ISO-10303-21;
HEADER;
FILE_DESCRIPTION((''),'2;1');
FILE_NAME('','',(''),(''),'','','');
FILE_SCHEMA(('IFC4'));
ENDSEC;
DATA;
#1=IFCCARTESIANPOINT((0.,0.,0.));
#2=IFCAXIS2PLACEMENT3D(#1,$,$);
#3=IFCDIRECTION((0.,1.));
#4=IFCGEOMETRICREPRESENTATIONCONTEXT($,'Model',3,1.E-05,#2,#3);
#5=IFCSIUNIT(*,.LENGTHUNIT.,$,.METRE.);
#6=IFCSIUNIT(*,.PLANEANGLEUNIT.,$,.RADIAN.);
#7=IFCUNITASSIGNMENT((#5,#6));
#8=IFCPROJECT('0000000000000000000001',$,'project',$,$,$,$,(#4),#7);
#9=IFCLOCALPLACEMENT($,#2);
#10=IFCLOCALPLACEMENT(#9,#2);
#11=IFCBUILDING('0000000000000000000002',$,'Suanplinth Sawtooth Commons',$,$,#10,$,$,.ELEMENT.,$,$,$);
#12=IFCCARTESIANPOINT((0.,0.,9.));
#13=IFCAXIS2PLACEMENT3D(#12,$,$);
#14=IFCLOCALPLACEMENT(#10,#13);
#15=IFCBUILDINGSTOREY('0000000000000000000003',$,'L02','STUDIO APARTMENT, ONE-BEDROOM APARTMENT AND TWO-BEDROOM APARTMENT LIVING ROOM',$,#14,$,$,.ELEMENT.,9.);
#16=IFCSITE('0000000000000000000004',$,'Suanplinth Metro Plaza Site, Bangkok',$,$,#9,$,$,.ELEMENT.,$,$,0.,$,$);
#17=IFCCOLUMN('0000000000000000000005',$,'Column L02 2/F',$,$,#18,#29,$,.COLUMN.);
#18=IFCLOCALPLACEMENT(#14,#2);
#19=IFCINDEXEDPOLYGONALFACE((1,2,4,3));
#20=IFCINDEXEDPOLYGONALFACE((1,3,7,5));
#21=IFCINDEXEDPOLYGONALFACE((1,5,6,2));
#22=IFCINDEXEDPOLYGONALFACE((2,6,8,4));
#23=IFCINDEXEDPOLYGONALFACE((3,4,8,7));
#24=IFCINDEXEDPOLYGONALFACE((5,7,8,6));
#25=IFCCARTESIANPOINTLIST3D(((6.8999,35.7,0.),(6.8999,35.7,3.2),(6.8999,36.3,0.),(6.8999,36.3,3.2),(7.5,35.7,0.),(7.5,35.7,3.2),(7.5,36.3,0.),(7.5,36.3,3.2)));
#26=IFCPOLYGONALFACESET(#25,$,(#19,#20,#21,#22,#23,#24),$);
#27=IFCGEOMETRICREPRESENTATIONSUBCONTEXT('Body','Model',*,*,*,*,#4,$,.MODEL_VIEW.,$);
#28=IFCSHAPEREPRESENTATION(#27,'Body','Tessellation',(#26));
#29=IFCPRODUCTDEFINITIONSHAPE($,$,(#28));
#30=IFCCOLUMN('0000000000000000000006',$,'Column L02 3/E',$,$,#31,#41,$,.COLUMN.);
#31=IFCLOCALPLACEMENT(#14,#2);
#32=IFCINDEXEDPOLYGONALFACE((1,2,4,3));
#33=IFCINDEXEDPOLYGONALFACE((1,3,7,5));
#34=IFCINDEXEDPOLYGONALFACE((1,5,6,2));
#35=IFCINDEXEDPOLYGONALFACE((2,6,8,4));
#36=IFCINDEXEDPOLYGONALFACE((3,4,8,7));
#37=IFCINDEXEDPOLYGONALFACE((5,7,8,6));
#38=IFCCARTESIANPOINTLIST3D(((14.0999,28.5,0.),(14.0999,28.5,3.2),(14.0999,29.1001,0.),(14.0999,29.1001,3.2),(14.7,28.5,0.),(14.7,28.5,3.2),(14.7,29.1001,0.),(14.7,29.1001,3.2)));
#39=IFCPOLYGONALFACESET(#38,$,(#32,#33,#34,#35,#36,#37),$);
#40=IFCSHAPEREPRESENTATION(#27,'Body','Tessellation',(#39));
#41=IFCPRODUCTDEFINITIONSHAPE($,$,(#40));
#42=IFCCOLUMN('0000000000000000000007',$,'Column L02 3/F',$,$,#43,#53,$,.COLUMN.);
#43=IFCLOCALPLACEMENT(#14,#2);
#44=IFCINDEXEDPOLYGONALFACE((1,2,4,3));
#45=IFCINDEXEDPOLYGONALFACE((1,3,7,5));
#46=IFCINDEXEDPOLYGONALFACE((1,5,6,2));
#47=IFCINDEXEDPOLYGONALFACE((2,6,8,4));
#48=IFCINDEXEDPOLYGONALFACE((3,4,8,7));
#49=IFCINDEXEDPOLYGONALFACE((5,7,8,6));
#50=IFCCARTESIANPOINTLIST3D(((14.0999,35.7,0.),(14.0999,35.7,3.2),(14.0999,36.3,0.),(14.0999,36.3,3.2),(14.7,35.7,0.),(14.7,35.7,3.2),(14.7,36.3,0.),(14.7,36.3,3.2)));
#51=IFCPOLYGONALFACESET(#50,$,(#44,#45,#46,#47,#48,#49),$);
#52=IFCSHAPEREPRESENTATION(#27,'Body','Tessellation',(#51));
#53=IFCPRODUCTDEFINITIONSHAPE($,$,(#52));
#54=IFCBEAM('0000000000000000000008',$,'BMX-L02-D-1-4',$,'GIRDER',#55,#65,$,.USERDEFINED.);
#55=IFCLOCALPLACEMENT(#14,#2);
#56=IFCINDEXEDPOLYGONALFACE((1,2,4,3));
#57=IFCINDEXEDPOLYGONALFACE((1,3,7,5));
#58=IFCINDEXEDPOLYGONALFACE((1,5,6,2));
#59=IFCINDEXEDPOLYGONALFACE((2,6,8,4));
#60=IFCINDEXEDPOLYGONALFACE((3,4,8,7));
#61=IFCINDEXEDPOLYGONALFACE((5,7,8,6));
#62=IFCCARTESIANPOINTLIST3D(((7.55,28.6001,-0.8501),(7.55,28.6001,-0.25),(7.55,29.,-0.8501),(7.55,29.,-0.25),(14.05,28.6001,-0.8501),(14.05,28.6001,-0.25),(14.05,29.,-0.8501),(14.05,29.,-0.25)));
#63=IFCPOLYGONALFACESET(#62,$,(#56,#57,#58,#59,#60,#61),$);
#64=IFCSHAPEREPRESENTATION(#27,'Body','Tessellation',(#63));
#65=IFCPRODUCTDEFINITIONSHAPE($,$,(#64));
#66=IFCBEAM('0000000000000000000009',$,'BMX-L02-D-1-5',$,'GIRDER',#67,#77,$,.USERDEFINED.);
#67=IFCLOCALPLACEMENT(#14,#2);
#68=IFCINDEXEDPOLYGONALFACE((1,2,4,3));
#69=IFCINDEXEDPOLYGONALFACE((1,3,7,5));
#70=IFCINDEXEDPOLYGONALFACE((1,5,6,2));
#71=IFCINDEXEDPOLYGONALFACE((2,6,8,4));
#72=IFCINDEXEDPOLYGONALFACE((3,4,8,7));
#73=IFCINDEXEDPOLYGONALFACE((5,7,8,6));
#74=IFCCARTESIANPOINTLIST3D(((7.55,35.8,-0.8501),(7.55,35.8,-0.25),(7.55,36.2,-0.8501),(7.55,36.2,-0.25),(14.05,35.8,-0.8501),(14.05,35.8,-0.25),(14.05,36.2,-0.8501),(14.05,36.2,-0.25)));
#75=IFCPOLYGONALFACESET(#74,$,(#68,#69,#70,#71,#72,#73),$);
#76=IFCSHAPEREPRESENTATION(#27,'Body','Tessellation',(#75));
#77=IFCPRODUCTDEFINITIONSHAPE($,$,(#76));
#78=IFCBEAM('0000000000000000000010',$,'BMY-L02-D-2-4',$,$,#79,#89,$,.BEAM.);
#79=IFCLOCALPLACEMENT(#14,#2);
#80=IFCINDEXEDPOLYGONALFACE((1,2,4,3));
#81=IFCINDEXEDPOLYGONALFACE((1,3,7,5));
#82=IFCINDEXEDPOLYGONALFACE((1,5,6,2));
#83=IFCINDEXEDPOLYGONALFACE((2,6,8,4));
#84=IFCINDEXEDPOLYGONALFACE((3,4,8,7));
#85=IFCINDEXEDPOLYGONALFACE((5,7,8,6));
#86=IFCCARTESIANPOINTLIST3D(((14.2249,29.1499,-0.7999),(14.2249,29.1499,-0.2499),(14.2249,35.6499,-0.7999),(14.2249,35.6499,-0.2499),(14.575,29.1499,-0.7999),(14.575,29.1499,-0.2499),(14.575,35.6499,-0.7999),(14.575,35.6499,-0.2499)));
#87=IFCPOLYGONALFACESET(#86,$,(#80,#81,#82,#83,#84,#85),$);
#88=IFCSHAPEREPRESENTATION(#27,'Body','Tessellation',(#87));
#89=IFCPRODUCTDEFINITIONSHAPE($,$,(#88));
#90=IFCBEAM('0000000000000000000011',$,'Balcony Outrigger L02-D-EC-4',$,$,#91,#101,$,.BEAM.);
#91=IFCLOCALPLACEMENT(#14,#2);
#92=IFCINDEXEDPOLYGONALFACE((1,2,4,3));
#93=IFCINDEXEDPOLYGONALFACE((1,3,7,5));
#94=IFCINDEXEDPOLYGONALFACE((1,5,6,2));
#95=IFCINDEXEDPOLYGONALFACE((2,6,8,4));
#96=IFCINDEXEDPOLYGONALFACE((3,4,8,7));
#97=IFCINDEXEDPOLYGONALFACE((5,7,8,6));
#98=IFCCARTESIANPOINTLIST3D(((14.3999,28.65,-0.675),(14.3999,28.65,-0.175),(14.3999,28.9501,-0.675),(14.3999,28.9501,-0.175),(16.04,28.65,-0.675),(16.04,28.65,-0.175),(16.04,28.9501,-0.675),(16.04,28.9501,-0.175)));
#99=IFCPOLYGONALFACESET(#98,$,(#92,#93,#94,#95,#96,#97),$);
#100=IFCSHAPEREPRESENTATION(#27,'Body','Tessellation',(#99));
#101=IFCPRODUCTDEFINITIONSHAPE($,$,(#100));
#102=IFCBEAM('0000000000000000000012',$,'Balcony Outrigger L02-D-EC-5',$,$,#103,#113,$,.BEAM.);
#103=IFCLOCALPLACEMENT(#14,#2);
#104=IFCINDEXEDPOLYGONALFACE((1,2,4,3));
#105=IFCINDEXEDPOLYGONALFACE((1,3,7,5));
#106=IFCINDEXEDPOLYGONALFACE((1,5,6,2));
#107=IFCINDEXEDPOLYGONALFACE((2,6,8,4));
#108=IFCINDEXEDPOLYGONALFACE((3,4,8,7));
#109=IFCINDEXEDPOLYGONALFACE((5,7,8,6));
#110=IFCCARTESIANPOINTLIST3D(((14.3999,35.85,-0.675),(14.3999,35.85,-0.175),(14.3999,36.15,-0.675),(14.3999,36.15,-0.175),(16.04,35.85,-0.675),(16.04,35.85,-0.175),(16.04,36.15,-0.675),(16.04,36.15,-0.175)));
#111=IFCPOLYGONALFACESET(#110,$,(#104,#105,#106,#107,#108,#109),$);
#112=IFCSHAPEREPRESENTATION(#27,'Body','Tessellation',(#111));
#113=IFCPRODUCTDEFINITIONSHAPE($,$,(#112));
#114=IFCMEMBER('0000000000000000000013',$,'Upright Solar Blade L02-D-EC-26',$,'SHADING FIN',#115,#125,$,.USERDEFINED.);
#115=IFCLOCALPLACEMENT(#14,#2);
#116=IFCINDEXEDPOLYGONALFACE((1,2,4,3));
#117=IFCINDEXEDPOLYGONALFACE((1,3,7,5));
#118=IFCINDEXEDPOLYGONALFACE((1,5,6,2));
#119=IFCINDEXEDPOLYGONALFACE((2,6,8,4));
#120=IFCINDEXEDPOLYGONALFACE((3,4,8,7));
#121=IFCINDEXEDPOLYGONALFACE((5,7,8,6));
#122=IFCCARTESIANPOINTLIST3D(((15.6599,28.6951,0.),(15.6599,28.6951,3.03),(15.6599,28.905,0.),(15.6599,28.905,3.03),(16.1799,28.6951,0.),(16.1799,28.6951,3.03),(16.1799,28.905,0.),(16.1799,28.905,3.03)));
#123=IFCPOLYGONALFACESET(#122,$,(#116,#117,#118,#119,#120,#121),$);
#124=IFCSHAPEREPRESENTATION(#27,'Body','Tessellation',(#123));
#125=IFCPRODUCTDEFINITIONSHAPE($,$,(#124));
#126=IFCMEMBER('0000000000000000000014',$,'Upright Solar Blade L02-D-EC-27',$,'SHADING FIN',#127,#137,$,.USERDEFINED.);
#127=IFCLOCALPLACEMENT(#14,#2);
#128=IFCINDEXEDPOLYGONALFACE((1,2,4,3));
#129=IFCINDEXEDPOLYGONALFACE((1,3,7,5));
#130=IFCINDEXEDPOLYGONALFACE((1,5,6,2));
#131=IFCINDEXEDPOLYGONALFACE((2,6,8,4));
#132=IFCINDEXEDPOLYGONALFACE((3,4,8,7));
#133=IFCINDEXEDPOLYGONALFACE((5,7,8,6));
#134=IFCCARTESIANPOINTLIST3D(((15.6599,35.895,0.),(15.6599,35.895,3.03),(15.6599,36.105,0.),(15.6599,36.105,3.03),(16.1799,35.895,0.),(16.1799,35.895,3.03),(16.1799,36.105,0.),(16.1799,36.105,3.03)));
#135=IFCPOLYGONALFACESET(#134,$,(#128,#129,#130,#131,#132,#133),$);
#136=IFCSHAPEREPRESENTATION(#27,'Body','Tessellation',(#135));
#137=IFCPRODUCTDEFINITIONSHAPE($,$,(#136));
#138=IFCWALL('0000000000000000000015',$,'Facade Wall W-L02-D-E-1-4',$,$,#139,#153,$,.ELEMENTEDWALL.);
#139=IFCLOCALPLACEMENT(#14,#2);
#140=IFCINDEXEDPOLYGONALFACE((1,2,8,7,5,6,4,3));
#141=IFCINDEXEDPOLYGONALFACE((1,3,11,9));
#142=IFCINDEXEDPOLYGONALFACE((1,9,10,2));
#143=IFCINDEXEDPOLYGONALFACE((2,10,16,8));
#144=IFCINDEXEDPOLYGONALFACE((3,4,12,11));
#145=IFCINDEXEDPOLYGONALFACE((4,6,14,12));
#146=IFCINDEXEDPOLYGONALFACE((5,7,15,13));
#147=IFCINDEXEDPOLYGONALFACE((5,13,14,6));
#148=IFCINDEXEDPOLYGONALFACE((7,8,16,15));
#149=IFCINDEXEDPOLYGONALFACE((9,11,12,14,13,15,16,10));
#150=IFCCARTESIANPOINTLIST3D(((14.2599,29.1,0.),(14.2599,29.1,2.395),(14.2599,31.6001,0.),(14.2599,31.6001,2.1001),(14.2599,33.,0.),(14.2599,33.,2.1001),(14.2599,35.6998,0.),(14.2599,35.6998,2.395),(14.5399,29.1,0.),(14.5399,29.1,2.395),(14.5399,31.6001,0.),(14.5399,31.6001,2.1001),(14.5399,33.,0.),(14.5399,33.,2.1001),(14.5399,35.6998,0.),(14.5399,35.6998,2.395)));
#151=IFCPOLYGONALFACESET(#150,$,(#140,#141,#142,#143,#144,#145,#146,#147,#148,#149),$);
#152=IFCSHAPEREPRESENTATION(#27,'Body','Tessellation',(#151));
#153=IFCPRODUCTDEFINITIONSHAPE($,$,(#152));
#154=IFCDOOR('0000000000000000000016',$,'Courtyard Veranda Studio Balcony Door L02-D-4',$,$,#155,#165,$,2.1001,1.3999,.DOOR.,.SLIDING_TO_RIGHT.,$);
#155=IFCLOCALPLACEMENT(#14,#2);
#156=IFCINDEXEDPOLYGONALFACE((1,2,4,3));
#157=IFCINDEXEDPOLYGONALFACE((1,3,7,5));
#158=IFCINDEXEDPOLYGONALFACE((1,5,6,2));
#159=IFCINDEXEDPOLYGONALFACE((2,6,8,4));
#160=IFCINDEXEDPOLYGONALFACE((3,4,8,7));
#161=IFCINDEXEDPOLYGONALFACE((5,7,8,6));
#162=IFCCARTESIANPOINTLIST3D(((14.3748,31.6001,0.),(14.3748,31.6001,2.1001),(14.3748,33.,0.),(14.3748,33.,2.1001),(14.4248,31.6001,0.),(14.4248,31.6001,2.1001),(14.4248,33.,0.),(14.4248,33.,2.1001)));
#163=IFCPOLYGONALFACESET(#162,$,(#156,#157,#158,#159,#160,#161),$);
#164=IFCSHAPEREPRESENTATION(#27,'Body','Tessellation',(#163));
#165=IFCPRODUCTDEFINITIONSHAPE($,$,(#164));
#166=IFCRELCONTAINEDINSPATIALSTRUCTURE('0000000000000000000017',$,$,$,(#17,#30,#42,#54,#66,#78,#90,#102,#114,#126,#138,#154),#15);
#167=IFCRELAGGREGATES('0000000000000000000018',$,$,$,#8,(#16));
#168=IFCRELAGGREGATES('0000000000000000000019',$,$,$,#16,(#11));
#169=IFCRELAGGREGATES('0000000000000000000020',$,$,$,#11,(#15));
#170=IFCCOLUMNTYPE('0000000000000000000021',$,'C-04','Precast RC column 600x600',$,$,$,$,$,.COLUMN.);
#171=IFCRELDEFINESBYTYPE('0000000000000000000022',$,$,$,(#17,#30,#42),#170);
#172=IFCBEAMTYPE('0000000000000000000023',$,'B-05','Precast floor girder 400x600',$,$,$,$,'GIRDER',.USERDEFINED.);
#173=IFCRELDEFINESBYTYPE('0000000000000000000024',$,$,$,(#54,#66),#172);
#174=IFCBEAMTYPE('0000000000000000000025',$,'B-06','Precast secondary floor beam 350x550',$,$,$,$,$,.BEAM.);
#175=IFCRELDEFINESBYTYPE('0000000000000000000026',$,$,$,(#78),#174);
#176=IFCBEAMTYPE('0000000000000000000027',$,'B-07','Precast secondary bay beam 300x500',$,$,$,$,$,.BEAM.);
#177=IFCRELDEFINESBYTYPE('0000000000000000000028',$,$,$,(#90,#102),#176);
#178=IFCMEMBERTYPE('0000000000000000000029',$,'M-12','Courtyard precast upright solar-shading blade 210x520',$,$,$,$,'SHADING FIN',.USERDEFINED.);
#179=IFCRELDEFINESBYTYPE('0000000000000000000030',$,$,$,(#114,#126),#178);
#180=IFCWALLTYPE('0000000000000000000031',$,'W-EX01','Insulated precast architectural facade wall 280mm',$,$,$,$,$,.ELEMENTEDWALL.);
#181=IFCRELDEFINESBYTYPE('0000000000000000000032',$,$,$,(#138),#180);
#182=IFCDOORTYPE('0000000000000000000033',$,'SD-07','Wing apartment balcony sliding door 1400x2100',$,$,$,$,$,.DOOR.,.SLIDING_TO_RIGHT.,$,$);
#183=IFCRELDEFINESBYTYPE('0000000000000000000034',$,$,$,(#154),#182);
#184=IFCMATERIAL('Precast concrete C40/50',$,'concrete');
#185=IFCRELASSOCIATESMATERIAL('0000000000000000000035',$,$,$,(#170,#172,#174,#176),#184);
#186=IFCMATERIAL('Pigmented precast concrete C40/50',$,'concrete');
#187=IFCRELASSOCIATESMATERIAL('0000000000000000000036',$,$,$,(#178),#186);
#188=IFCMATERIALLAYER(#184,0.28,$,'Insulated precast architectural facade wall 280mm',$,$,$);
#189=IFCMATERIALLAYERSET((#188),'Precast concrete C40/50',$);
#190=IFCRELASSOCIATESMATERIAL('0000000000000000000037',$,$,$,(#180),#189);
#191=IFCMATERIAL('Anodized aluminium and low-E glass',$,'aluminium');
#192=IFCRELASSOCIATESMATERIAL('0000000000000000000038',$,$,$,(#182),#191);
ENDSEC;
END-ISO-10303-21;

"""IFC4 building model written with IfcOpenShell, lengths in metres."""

from ifc_helpers import new_model, si_unit, direction, frame, frame_2d, origin, origin_2d, place, context, subcontext, project, spatial, rectangle, extrude, material, layer, layer_set, material_profile, profile_set, type_object, element, fill, save


model = new_model("IFC4")

# Units and contexts
model_context = context("Model", 3, precision=1e-05, world=origin(), true_north=direction((0.0, 1.0)))
body_context = subcontext(model_context, "Body", "Model", "MODEL_VIEW")
ifc_project = project(units=[si_unit("LENGTHUNIT", "METRE"), si_unit("PLANEANGLEUNIT", "RADIAN")], contexts=[model_context])

# Site, building, storey
site_placement = place(None, origin())
site = spatial("IfcSite", under=ifc_project, at=site_placement, Name="Suanplinth Metro Plaza Site, Bangkok", CompositionType="ELEMENT", RefElevation=0.0)
building_placement = place(site_placement, origin())
building = spatial("IfcBuilding", under=site, at=building_placement, Name="Suanplinth Sawtooth Commons", CompositionType="ELEMENT")
storey_placement = place(building_placement, frame((0.0, 0.0, 9.0)))
storey = spatial("IfcBuildingStorey", under=building, at=storey_placement, Name="L02", Description="STUDIO APARTMENT, ONE-BEDROOM APARTMENT AND TWO-BEDROOM APARTMENT LIVING ROOM", CompositionType="ELEMENT", Elevation=9.0)

# Columns
ifc_material_1 = material(Name="Precast concrete C40/50", Category="concrete")
ifc_material_profile_1 = material_profile(ifc_material_1, rectangle(XDim=0.6001, YDim=0.6001, at=origin_2d()), Name="PC-COL 600x600")
ifc_profile_set_1 = profile_set([ifc_material_profile_1], Name="Precast concrete C40/50")
column_type = type_object("IfcColumnType", Name="C-04", Description="Precast RC column 600x600", PredefinedType="COLUMN", material=ifc_profile_set_1)
for number, where, z_axis, x_axis, name in (
    (1, (7.2, 36.0, 0.0), (0.0, 0.0, 1.0), (1.0, 0.0, 0.0), "Column L02 2/F"),
    (2, (14.3999, 28.8, 0.0), (0.0, 0.0, 1.0), (1.0, 0.0, 0.0), "Column L02 3/E"),
    (3, (14.3999, 36.0, 0.0), (0.0, 0.0, 1.0), (1.0, 0.0, 0.0), "Column L02 3/F"),
):
    element("IfcColumn", number, at=place(storey_placement, frame(where, z_axis=z_axis, x_axis=x_axis)), inside=storey, type_object=column_type, Name=name, PredefinedType="COLUMN", context=body_context, shape_type="SweptSolid", body=[
        extrude(rectangle(XDim=0.6001, YDim=0.6001, at=origin_2d()), origin(), (0.0, 0.0, 1.0), 3.2),
    ])

# Beams
ifc_material_profile_2 = material_profile(ifc_material_1, rectangle(XDim=0.3999, YDim=0.6001, at=origin_2d()), Name="PC-GDR 400x600")
ifc_profile_set_2 = profile_set([ifc_material_profile_2], Name="Precast concrete C40/50")
beam_type_1 = type_object("IfcBeamType", Name="B-05", Description="Precast floor girder 400x600", ElementType="GIRDER", PredefinedType="USERDEFINED", material=ifc_profile_set_2)
for number, where, z_axis, x_axis, name in (
    (4, (7.55, 28.8, -0.55), (1.0, 0.0, 0.0), (0.0, 1.0, 0.0), "BMX-L02-D-1-4"),
    (5, (7.55, 36.0, -0.55), (1.0, 0.0, 0.0), (0.0, 1.0, 0.0), "BMX-L02-D-1-5"),
):
    element("IfcBeam", number, at=place(storey_placement, frame(where, z_axis=z_axis, x_axis=x_axis)), inside=storey, type_object=beam_type_1, Name=name, ObjectType="GIRDER", PredefinedType="USERDEFINED", context=body_context, shape_type="SweptSolid", body=[
        extrude(rectangle(XDim=0.3999, YDim=0.6001, at=origin_2d()), origin(), (0.0, 0.0, 1.0), 6.5),
    ])
ifc_material_profile_3 = material_profile(ifc_material_1, rectangle(XDim=0.3501, YDim=0.55, at=origin_2d()), Name="PC-BM 350x550")
ifc_profile_set_3 = profile_set([ifc_material_profile_3], Name="Precast concrete C40/50")
beam_type_2 = type_object("IfcBeamType", Name="B-06", Description="Precast secondary floor beam 350x550", PredefinedType="BEAM", material=ifc_profile_set_3)
beam_placement = place(storey_placement, frame((14.3999, 29.1499, -0.5249), z_axis=(0.0, 1.0, 0.0), x_axis=(-1.0, 0.0, 0.0)))
element("IfcBeam", 6, at=beam_placement, inside=storey, type_object=beam_type_2, Name="BMY-L02-D-2-4", PredefinedType="BEAM", context=body_context, shape_type="SweptSolid", body=[
    extrude(rectangle(XDim=0.3501, YDim=0.55, at=origin_2d()), origin(), (0.0, 0.0, 1.0), 6.5),
])
ifc_material_profile_4 = material_profile(ifc_material_1, rectangle(XDim=0.3, YDim=0.5, at=origin_2d()), Name="PC-BM 300x500")
ifc_profile_set_4 = profile_set([ifc_material_profile_4], Name="Precast concrete C40/50")
beam_type_3 = type_object("IfcBeamType", Name="B-07", Description="Precast secondary bay beam 300x500", PredefinedType="BEAM", material=ifc_profile_set_4)
for number, where, z_axis, x_axis, name in (
    (7, (14.3999, 28.8, -0.425), (1.0, 0.0, 0.0), (0.0, 1.0, 0.0), "Balcony Outrigger L02-D-EC-4"),
    (8, (14.3999, 36.0, -0.425), (1.0, 0.0, 0.0), (0.0, 1.0, 0.0), "Balcony Outrigger L02-D-EC-5"),
):
    element("IfcBeam", number, at=place(storey_placement, frame(where, z_axis=z_axis, x_axis=x_axis)), inside=storey, type_object=beam_type_3, Name=name, PredefinedType="BEAM", context=body_context, shape_type="SweptSolid", body=[
        extrude(rectangle(XDim=0.3, YDim=0.5, at=origin_2d()), origin(), (0.0, 0.0, 1.0), 1.6401),
    ])

# Members
ifc_material_2 = material(Name="Pigmented precast concrete C40/50", Category="concrete")
ifc_material_profile_5 = material_profile(ifc_material_2, rectangle(XDim=0.21, YDim=0.52, at=origin_2d()), Name="PC-FIN 210x520")
ifc_profile_set_5 = profile_set([ifc_material_profile_5], Name="Pigmented precast concrete C40/50")
member_type = type_object("IfcMemberType", Name="M-12", Description="Courtyard precast upright solar-shading blade 210x520", ElementType="SHADING FIN", PredefinedType="USERDEFINED", material=ifc_profile_set_5)
for number, where, z_axis, x_axis, name in (
    (9, (15.9199, 28.8, 0.0), (0.0, 0.0, 1.0), (0.0, 1.0, 0.0), "Upright Solar Blade L02-D-EC-26"),
    (10, (15.9199, 36.0, 0.0), (0.0, 0.0, 1.0), (0.0, 1.0, 0.0), "Upright Solar Blade L02-D-EC-27"),
):
    element("IfcMember", number, at=place(storey_placement, frame(where, z_axis=z_axis, x_axis=x_axis)), inside=storey, type_object=member_type, Name=name, ObjectType="SHADING FIN", PredefinedType="USERDEFINED", context=body_context, shape_type="SweptSolid", body=[
        extrude(rectangle(XDim=0.21, YDim=0.52, at=origin_2d()), origin(), (0.0, 0.0, 1.0), 3.03),
    ])

# Wall, opening, door
ifc_layer_1 = layer(ifc_material_1, 0.28, Name="Insulated precast architectural facade wall 280mm")
ifc_layer_set_1 = layer_set([ifc_layer_1], Name="Precast concrete C40/50")
wall_type_1 = type_object("IfcWallType", Name="W-EX01", Description="Insulated precast architectural facade wall 280mm", PredefinedType="ELEMENTEDWALL", material=ifc_layer_set_1)
wall_1_placement = place(storey_placement, frame((14.3999, 29.1001, 0.0), z_axis=(0.0, 0.0, 1.0), x_axis=(0.0, 1.0, 0.0)))
wall_1 = element("IfcWall", 11, at=wall_1_placement, inside=storey, type_object=wall_type_1, Name="Facade Wall W-L02-D-E-1-4", PredefinedType="ELEMENTEDWALL", context=body_context, shape_type="SweptSolid", body=[
    extrude(rectangle(XDim=6.5999, YDim=0.28, at=frame_2d((3.2998, 0.0))), origin(), (0.0, 0.0, 1.0), 2.395),
])
opening_1_placement = place(wall_1_placement, frame((2.5, 0.0, 0.0)))
opening_1 = element("IfcOpeningElement", 12, at=opening_1_placement, cuts=wall_1, PredefinedType="OPENING", context=body_context, shape_type="SweptSolid", body=[
    extrude(rectangle(XDim=1.3999, YDim=2.1001, at=frame_2d((0.7, 1.05))), frame((0.0, 0.1548, 0.0), z_axis=(0.0, -1.0, 0.0), x_axis=(1.0, 0.0, 0.0)), (0.0, 0.0, 1.0), 0.3098),
])
ifc_material_3 = material(Name="Anodized aluminium and low-E glass", Category="aluminium")
door_type_1 = type_object("IfcDoorType", Name="SD-07", Description="Wing apartment balcony sliding door 1400x2100", OperationType="SLIDING_TO_RIGHT", PredefinedType="DOOR", material=ifc_material_3)
door_1_placement = place(opening_1_placement, frame((1.3999, 0.0, 0.0), z_axis=(0.0, 0.0, 1.0), x_axis=(-1.0, 0.0, 0.0)))
door_1 = element("IfcDoor", 13, at=door_1_placement, inside=storey, type_object=door_type_1, Name="Courtyard Veranda Studio Balcony Door L02-D-4", OperationType="SLIDING_TO_RIGHT", OverallHeight=2.1001, OverallWidth=1.3999, PredefinedType="DOOR", context=body_context, shape_type="SweptSolid", body=[
    extrude(rectangle(XDim=1.3999, YDim=2.1001, at=frame_2d((0.7, 1.05))), frame((0.0, 0.0249, 0.0), z_axis=(0.0, -1.0, 0.0), x_axis=(1.0, 0.0, 0.0)), (0.0, 0.0, 1.0), 0.05),
])
fill(opening_1, door_1)

save(model, "model.ifc")
